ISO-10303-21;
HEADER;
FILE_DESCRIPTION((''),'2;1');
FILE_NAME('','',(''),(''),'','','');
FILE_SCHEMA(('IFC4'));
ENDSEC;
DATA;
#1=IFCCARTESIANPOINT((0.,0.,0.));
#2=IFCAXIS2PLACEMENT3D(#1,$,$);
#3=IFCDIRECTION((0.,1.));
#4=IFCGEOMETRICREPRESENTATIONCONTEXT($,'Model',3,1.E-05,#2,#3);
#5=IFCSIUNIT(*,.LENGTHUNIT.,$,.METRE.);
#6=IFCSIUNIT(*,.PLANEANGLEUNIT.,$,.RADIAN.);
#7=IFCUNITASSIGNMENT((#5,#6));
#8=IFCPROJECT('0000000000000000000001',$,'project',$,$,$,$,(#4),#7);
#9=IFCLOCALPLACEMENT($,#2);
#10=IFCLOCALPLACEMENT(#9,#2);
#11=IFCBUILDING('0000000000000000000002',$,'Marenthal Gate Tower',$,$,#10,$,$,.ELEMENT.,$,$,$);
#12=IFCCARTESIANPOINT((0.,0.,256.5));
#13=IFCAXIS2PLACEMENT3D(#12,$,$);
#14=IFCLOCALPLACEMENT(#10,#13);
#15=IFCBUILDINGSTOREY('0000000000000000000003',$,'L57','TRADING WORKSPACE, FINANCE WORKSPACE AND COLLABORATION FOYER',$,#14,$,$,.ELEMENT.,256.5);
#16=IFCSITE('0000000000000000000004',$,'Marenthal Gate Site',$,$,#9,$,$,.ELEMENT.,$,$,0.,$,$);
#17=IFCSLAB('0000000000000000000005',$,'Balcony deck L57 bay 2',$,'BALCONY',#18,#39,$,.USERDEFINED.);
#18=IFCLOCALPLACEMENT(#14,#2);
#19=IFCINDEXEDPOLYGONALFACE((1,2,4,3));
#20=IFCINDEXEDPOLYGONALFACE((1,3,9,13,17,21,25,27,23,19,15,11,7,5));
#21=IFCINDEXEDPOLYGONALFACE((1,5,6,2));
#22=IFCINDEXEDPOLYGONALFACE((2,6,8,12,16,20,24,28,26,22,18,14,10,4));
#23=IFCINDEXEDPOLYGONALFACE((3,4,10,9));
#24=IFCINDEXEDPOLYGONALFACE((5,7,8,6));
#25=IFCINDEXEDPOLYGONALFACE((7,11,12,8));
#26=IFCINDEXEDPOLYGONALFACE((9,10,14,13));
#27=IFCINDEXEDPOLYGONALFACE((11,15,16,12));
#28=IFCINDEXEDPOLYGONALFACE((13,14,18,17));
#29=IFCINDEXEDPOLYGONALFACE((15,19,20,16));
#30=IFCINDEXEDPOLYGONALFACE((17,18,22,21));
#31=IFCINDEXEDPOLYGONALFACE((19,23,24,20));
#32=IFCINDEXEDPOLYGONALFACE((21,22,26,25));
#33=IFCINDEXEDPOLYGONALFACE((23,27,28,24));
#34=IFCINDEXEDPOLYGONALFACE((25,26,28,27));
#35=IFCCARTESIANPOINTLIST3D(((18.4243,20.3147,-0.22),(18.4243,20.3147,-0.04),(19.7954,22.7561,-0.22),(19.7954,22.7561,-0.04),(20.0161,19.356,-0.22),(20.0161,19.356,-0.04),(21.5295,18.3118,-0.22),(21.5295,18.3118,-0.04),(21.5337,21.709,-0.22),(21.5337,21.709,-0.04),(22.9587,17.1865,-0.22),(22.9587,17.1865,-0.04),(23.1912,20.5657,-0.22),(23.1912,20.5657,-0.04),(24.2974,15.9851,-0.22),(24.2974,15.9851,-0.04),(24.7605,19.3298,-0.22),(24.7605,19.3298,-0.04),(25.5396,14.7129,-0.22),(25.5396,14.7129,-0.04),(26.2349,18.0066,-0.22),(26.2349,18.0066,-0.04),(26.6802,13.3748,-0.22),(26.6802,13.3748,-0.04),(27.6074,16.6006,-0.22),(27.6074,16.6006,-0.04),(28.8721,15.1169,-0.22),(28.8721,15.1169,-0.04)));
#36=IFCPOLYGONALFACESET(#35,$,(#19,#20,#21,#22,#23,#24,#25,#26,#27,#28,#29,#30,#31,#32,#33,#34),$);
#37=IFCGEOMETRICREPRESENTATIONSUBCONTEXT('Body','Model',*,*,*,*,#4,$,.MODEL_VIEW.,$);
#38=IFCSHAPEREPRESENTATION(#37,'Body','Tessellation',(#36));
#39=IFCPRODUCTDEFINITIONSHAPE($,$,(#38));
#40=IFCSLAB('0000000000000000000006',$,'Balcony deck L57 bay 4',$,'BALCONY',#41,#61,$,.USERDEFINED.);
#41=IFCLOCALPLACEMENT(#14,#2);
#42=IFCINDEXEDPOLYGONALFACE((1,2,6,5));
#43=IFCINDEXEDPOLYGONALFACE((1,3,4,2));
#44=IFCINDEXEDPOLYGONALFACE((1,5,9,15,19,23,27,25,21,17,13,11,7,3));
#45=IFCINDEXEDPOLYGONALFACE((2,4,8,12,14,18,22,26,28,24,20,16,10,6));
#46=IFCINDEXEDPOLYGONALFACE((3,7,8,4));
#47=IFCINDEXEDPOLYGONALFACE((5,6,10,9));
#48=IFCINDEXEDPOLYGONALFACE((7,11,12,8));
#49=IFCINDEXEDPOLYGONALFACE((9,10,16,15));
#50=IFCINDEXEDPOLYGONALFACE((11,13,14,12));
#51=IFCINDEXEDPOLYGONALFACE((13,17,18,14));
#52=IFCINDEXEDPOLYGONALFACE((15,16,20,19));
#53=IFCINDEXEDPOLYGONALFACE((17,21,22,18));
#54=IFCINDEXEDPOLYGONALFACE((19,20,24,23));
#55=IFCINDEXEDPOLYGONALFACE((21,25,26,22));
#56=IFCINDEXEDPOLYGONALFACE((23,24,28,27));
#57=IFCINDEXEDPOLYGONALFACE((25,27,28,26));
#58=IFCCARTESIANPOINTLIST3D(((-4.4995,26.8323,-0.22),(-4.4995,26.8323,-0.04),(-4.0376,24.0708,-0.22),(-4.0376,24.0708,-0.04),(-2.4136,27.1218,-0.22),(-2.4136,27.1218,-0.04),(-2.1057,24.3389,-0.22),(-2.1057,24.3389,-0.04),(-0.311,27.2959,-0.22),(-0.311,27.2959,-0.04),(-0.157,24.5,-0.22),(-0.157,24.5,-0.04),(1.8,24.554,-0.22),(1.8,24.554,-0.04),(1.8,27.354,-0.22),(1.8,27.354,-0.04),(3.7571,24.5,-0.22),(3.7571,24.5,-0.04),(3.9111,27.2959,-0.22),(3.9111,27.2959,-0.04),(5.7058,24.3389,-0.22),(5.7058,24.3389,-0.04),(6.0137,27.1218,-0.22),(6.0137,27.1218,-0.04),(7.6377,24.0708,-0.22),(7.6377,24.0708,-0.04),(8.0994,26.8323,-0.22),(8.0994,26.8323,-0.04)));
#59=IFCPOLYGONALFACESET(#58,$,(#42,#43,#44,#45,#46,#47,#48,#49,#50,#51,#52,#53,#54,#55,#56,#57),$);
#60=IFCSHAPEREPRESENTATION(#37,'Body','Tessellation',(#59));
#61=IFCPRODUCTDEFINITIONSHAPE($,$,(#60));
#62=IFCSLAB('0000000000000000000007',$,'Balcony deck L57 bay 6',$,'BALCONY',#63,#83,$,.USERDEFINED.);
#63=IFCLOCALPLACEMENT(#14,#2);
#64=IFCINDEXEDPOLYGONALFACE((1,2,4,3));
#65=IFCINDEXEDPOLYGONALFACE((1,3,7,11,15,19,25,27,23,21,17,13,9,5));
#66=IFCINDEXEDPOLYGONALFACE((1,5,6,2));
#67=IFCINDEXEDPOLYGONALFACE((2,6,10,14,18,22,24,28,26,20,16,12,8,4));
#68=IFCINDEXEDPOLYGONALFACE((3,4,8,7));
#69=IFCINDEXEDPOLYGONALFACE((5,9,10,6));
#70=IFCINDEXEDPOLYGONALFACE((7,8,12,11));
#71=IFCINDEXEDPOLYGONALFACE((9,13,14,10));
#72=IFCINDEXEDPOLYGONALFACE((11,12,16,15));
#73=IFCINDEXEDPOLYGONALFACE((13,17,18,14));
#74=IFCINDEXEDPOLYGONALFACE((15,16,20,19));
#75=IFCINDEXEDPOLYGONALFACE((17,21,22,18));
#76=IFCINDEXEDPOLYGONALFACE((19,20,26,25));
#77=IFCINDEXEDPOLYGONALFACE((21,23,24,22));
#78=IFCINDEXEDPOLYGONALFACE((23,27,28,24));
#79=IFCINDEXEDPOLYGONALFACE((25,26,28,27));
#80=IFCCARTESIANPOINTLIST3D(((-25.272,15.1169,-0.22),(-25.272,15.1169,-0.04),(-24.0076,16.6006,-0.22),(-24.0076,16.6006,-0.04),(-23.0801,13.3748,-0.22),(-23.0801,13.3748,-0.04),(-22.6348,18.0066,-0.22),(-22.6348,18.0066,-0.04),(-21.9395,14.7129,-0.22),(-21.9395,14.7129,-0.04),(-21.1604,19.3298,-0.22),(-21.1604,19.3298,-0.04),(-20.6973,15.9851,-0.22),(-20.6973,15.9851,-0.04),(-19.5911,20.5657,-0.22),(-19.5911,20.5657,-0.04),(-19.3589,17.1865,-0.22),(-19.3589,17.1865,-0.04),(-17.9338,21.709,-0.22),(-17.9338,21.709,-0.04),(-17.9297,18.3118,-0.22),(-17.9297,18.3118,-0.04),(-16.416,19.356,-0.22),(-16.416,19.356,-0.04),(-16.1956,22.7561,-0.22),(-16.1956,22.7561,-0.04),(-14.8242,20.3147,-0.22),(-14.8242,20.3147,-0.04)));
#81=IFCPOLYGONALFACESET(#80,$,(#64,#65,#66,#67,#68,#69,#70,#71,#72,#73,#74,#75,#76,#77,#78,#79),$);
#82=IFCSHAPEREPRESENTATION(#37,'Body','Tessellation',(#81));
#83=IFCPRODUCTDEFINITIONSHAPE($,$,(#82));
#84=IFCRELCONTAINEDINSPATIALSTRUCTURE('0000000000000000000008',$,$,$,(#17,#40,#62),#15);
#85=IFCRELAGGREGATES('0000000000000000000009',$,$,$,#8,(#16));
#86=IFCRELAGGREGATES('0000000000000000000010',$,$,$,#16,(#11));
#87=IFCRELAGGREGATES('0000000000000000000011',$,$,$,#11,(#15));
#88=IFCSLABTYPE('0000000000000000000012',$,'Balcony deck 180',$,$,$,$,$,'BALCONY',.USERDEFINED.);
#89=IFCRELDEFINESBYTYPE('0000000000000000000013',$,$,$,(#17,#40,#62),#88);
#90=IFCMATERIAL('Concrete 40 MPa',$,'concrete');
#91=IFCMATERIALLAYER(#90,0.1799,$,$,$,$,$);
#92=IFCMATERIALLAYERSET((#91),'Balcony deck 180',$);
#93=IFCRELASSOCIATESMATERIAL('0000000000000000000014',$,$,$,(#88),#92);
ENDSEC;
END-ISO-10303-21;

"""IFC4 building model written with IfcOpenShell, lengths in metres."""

from ifc_helpers import new_model, si_unit, direction, frame, origin, place, context, subcontext, project, spatial, polyline, outline, extrude, material, layer, layer_set, type_object, element, save


model = new_model("IFC4")

# Units and contexts
model_context = context("Model", 3, precision=1e-05, world=origin(), true_north=direction((0.0, 1.0)))
body_context = subcontext(model_context, "Body", "Model", "MODEL_VIEW")
ifc_project = project(units=[si_unit("LENGTHUNIT", "METRE"), si_unit("PLANEANGLEUNIT", "RADIAN")], contexts=[model_context])

# Site, building, storey
site_placement = place(None, origin())
site = spatial("IfcSite", under=ifc_project, at=site_placement, Name="Marenthal Gate Site", CompositionType="ELEMENT", RefElevation=0.0)
building_placement = place(site_placement, origin())
building = spatial("IfcBuilding", under=site, at=building_placement, Name="Marenthal Gate Tower", CompositionType="ELEMENT")
storey_placement = place(building_placement, frame((0.0, 0.0, 256.5)))
storey = spatial("IfcBuildingStorey", under=building, at=storey_placement, Name="L57", Description="TRADING WORKSPACE, FINANCE WORKSPACE AND COLLABORATION FOYER", CompositionType="ELEMENT", Elevation=256.5)

# Slabs
ifc_material_1 = material(Name="Concrete 40 MPa", Category="concrete")
ifc_layer_1 = layer(ifc_material_1, 0.1799)
ifc_layer_set_1 = layer_set([ifc_layer_1], Name="Balcony deck 180")
slab_type_1 = type_object("IfcSlabType", Name="Balcony deck 180", ElementType="BALCONY", PredefinedType="USERDEFINED", material=ifc_layer_set_1)
slab_1_placement = place(storey_placement, frame((0.0, 0.0, -0.22)))
element("IfcSlab", 1, at=slab_1_placement, inside=storey, type_object=slab_type_1, Name="Balcony deck L57 bay 2", ObjectType="BALCONY", PredefinedType="USERDEFINED", context=body_context, shape_type="SweptSolid", body=[
    extrude(outline(polyline([(26.6802, 13.3748), (25.5396, 14.7129), (24.2974, 15.9851), (22.9587, 17.1865), (21.5295, 18.3118), (20.0161, 19.356), (18.4243, 20.3147), (19.7954, 22.7561), (21.5337, 21.709), (23.1912, 20.5657), (24.7605, 19.3298), (26.2349, 18.0066), (27.6074, 16.6006), (28.8721, 15.1169), (26.6802, 13.3748)])), origin(), (0.0, 0.0, 1.0), 0.1799),
])
slab_2_placement = place(storey_placement, frame((0.0, 0.0, -0.22)))
element("IfcSlab", 2, at=slab_2_placement, inside=storey, type_object=slab_type_1, Name="Balcony deck L57 bay 4", ObjectType="BALCONY", PredefinedType="USERDEFINED", context=body_context, shape_type="SweptSolid", body=[
    extrude(outline(polyline([(7.6377, 24.0708), (5.7058, 24.3389), (3.7571, 24.5), (1.8, 24.554), (-0.157, 24.5), (-2.1057, 24.3389), (-4.0376, 24.0708), (-4.4995, 26.8323), (-2.4136, 27.1218), (-0.311, 27.2959), (1.8, 27.354), (3.9111, 27.2959), (6.0137, 27.1218), (8.0994, 26.8323), (7.6377, 24.0708)])), origin(), (0.0, 0.0, 1.0), 0.1799),
])
slab_3_placement = place(storey_placement, frame((0.0, 0.0, -0.22)))
element("IfcSlab", 3, at=slab_3_placement, inside=storey, type_object=slab_type_1, Name="Balcony deck L57 bay 6", ObjectType="BALCONY", PredefinedType="USERDEFINED", context=body_context, shape_type="SweptSolid", body=[
    extrude(outline(polyline([(-14.8242, 20.3147), (-16.416, 19.356), (-17.9297, 18.3118), (-19.3589, 17.1865), (-20.6973, 15.9851), (-21.9395, 14.7129), (-23.0801, 13.3748), (-25.272, 15.1169), (-24.0076, 16.6006), (-22.6348, 18.0066), (-21.1604, 19.3298), (-19.5911, 20.5657), (-17.9338, 21.709), (-16.1956, 22.7561), (-14.8242, 20.3147)])), origin(), (0.0, 0.0, 1.0), 0.1799),
])

save(model, "model.ifc")
